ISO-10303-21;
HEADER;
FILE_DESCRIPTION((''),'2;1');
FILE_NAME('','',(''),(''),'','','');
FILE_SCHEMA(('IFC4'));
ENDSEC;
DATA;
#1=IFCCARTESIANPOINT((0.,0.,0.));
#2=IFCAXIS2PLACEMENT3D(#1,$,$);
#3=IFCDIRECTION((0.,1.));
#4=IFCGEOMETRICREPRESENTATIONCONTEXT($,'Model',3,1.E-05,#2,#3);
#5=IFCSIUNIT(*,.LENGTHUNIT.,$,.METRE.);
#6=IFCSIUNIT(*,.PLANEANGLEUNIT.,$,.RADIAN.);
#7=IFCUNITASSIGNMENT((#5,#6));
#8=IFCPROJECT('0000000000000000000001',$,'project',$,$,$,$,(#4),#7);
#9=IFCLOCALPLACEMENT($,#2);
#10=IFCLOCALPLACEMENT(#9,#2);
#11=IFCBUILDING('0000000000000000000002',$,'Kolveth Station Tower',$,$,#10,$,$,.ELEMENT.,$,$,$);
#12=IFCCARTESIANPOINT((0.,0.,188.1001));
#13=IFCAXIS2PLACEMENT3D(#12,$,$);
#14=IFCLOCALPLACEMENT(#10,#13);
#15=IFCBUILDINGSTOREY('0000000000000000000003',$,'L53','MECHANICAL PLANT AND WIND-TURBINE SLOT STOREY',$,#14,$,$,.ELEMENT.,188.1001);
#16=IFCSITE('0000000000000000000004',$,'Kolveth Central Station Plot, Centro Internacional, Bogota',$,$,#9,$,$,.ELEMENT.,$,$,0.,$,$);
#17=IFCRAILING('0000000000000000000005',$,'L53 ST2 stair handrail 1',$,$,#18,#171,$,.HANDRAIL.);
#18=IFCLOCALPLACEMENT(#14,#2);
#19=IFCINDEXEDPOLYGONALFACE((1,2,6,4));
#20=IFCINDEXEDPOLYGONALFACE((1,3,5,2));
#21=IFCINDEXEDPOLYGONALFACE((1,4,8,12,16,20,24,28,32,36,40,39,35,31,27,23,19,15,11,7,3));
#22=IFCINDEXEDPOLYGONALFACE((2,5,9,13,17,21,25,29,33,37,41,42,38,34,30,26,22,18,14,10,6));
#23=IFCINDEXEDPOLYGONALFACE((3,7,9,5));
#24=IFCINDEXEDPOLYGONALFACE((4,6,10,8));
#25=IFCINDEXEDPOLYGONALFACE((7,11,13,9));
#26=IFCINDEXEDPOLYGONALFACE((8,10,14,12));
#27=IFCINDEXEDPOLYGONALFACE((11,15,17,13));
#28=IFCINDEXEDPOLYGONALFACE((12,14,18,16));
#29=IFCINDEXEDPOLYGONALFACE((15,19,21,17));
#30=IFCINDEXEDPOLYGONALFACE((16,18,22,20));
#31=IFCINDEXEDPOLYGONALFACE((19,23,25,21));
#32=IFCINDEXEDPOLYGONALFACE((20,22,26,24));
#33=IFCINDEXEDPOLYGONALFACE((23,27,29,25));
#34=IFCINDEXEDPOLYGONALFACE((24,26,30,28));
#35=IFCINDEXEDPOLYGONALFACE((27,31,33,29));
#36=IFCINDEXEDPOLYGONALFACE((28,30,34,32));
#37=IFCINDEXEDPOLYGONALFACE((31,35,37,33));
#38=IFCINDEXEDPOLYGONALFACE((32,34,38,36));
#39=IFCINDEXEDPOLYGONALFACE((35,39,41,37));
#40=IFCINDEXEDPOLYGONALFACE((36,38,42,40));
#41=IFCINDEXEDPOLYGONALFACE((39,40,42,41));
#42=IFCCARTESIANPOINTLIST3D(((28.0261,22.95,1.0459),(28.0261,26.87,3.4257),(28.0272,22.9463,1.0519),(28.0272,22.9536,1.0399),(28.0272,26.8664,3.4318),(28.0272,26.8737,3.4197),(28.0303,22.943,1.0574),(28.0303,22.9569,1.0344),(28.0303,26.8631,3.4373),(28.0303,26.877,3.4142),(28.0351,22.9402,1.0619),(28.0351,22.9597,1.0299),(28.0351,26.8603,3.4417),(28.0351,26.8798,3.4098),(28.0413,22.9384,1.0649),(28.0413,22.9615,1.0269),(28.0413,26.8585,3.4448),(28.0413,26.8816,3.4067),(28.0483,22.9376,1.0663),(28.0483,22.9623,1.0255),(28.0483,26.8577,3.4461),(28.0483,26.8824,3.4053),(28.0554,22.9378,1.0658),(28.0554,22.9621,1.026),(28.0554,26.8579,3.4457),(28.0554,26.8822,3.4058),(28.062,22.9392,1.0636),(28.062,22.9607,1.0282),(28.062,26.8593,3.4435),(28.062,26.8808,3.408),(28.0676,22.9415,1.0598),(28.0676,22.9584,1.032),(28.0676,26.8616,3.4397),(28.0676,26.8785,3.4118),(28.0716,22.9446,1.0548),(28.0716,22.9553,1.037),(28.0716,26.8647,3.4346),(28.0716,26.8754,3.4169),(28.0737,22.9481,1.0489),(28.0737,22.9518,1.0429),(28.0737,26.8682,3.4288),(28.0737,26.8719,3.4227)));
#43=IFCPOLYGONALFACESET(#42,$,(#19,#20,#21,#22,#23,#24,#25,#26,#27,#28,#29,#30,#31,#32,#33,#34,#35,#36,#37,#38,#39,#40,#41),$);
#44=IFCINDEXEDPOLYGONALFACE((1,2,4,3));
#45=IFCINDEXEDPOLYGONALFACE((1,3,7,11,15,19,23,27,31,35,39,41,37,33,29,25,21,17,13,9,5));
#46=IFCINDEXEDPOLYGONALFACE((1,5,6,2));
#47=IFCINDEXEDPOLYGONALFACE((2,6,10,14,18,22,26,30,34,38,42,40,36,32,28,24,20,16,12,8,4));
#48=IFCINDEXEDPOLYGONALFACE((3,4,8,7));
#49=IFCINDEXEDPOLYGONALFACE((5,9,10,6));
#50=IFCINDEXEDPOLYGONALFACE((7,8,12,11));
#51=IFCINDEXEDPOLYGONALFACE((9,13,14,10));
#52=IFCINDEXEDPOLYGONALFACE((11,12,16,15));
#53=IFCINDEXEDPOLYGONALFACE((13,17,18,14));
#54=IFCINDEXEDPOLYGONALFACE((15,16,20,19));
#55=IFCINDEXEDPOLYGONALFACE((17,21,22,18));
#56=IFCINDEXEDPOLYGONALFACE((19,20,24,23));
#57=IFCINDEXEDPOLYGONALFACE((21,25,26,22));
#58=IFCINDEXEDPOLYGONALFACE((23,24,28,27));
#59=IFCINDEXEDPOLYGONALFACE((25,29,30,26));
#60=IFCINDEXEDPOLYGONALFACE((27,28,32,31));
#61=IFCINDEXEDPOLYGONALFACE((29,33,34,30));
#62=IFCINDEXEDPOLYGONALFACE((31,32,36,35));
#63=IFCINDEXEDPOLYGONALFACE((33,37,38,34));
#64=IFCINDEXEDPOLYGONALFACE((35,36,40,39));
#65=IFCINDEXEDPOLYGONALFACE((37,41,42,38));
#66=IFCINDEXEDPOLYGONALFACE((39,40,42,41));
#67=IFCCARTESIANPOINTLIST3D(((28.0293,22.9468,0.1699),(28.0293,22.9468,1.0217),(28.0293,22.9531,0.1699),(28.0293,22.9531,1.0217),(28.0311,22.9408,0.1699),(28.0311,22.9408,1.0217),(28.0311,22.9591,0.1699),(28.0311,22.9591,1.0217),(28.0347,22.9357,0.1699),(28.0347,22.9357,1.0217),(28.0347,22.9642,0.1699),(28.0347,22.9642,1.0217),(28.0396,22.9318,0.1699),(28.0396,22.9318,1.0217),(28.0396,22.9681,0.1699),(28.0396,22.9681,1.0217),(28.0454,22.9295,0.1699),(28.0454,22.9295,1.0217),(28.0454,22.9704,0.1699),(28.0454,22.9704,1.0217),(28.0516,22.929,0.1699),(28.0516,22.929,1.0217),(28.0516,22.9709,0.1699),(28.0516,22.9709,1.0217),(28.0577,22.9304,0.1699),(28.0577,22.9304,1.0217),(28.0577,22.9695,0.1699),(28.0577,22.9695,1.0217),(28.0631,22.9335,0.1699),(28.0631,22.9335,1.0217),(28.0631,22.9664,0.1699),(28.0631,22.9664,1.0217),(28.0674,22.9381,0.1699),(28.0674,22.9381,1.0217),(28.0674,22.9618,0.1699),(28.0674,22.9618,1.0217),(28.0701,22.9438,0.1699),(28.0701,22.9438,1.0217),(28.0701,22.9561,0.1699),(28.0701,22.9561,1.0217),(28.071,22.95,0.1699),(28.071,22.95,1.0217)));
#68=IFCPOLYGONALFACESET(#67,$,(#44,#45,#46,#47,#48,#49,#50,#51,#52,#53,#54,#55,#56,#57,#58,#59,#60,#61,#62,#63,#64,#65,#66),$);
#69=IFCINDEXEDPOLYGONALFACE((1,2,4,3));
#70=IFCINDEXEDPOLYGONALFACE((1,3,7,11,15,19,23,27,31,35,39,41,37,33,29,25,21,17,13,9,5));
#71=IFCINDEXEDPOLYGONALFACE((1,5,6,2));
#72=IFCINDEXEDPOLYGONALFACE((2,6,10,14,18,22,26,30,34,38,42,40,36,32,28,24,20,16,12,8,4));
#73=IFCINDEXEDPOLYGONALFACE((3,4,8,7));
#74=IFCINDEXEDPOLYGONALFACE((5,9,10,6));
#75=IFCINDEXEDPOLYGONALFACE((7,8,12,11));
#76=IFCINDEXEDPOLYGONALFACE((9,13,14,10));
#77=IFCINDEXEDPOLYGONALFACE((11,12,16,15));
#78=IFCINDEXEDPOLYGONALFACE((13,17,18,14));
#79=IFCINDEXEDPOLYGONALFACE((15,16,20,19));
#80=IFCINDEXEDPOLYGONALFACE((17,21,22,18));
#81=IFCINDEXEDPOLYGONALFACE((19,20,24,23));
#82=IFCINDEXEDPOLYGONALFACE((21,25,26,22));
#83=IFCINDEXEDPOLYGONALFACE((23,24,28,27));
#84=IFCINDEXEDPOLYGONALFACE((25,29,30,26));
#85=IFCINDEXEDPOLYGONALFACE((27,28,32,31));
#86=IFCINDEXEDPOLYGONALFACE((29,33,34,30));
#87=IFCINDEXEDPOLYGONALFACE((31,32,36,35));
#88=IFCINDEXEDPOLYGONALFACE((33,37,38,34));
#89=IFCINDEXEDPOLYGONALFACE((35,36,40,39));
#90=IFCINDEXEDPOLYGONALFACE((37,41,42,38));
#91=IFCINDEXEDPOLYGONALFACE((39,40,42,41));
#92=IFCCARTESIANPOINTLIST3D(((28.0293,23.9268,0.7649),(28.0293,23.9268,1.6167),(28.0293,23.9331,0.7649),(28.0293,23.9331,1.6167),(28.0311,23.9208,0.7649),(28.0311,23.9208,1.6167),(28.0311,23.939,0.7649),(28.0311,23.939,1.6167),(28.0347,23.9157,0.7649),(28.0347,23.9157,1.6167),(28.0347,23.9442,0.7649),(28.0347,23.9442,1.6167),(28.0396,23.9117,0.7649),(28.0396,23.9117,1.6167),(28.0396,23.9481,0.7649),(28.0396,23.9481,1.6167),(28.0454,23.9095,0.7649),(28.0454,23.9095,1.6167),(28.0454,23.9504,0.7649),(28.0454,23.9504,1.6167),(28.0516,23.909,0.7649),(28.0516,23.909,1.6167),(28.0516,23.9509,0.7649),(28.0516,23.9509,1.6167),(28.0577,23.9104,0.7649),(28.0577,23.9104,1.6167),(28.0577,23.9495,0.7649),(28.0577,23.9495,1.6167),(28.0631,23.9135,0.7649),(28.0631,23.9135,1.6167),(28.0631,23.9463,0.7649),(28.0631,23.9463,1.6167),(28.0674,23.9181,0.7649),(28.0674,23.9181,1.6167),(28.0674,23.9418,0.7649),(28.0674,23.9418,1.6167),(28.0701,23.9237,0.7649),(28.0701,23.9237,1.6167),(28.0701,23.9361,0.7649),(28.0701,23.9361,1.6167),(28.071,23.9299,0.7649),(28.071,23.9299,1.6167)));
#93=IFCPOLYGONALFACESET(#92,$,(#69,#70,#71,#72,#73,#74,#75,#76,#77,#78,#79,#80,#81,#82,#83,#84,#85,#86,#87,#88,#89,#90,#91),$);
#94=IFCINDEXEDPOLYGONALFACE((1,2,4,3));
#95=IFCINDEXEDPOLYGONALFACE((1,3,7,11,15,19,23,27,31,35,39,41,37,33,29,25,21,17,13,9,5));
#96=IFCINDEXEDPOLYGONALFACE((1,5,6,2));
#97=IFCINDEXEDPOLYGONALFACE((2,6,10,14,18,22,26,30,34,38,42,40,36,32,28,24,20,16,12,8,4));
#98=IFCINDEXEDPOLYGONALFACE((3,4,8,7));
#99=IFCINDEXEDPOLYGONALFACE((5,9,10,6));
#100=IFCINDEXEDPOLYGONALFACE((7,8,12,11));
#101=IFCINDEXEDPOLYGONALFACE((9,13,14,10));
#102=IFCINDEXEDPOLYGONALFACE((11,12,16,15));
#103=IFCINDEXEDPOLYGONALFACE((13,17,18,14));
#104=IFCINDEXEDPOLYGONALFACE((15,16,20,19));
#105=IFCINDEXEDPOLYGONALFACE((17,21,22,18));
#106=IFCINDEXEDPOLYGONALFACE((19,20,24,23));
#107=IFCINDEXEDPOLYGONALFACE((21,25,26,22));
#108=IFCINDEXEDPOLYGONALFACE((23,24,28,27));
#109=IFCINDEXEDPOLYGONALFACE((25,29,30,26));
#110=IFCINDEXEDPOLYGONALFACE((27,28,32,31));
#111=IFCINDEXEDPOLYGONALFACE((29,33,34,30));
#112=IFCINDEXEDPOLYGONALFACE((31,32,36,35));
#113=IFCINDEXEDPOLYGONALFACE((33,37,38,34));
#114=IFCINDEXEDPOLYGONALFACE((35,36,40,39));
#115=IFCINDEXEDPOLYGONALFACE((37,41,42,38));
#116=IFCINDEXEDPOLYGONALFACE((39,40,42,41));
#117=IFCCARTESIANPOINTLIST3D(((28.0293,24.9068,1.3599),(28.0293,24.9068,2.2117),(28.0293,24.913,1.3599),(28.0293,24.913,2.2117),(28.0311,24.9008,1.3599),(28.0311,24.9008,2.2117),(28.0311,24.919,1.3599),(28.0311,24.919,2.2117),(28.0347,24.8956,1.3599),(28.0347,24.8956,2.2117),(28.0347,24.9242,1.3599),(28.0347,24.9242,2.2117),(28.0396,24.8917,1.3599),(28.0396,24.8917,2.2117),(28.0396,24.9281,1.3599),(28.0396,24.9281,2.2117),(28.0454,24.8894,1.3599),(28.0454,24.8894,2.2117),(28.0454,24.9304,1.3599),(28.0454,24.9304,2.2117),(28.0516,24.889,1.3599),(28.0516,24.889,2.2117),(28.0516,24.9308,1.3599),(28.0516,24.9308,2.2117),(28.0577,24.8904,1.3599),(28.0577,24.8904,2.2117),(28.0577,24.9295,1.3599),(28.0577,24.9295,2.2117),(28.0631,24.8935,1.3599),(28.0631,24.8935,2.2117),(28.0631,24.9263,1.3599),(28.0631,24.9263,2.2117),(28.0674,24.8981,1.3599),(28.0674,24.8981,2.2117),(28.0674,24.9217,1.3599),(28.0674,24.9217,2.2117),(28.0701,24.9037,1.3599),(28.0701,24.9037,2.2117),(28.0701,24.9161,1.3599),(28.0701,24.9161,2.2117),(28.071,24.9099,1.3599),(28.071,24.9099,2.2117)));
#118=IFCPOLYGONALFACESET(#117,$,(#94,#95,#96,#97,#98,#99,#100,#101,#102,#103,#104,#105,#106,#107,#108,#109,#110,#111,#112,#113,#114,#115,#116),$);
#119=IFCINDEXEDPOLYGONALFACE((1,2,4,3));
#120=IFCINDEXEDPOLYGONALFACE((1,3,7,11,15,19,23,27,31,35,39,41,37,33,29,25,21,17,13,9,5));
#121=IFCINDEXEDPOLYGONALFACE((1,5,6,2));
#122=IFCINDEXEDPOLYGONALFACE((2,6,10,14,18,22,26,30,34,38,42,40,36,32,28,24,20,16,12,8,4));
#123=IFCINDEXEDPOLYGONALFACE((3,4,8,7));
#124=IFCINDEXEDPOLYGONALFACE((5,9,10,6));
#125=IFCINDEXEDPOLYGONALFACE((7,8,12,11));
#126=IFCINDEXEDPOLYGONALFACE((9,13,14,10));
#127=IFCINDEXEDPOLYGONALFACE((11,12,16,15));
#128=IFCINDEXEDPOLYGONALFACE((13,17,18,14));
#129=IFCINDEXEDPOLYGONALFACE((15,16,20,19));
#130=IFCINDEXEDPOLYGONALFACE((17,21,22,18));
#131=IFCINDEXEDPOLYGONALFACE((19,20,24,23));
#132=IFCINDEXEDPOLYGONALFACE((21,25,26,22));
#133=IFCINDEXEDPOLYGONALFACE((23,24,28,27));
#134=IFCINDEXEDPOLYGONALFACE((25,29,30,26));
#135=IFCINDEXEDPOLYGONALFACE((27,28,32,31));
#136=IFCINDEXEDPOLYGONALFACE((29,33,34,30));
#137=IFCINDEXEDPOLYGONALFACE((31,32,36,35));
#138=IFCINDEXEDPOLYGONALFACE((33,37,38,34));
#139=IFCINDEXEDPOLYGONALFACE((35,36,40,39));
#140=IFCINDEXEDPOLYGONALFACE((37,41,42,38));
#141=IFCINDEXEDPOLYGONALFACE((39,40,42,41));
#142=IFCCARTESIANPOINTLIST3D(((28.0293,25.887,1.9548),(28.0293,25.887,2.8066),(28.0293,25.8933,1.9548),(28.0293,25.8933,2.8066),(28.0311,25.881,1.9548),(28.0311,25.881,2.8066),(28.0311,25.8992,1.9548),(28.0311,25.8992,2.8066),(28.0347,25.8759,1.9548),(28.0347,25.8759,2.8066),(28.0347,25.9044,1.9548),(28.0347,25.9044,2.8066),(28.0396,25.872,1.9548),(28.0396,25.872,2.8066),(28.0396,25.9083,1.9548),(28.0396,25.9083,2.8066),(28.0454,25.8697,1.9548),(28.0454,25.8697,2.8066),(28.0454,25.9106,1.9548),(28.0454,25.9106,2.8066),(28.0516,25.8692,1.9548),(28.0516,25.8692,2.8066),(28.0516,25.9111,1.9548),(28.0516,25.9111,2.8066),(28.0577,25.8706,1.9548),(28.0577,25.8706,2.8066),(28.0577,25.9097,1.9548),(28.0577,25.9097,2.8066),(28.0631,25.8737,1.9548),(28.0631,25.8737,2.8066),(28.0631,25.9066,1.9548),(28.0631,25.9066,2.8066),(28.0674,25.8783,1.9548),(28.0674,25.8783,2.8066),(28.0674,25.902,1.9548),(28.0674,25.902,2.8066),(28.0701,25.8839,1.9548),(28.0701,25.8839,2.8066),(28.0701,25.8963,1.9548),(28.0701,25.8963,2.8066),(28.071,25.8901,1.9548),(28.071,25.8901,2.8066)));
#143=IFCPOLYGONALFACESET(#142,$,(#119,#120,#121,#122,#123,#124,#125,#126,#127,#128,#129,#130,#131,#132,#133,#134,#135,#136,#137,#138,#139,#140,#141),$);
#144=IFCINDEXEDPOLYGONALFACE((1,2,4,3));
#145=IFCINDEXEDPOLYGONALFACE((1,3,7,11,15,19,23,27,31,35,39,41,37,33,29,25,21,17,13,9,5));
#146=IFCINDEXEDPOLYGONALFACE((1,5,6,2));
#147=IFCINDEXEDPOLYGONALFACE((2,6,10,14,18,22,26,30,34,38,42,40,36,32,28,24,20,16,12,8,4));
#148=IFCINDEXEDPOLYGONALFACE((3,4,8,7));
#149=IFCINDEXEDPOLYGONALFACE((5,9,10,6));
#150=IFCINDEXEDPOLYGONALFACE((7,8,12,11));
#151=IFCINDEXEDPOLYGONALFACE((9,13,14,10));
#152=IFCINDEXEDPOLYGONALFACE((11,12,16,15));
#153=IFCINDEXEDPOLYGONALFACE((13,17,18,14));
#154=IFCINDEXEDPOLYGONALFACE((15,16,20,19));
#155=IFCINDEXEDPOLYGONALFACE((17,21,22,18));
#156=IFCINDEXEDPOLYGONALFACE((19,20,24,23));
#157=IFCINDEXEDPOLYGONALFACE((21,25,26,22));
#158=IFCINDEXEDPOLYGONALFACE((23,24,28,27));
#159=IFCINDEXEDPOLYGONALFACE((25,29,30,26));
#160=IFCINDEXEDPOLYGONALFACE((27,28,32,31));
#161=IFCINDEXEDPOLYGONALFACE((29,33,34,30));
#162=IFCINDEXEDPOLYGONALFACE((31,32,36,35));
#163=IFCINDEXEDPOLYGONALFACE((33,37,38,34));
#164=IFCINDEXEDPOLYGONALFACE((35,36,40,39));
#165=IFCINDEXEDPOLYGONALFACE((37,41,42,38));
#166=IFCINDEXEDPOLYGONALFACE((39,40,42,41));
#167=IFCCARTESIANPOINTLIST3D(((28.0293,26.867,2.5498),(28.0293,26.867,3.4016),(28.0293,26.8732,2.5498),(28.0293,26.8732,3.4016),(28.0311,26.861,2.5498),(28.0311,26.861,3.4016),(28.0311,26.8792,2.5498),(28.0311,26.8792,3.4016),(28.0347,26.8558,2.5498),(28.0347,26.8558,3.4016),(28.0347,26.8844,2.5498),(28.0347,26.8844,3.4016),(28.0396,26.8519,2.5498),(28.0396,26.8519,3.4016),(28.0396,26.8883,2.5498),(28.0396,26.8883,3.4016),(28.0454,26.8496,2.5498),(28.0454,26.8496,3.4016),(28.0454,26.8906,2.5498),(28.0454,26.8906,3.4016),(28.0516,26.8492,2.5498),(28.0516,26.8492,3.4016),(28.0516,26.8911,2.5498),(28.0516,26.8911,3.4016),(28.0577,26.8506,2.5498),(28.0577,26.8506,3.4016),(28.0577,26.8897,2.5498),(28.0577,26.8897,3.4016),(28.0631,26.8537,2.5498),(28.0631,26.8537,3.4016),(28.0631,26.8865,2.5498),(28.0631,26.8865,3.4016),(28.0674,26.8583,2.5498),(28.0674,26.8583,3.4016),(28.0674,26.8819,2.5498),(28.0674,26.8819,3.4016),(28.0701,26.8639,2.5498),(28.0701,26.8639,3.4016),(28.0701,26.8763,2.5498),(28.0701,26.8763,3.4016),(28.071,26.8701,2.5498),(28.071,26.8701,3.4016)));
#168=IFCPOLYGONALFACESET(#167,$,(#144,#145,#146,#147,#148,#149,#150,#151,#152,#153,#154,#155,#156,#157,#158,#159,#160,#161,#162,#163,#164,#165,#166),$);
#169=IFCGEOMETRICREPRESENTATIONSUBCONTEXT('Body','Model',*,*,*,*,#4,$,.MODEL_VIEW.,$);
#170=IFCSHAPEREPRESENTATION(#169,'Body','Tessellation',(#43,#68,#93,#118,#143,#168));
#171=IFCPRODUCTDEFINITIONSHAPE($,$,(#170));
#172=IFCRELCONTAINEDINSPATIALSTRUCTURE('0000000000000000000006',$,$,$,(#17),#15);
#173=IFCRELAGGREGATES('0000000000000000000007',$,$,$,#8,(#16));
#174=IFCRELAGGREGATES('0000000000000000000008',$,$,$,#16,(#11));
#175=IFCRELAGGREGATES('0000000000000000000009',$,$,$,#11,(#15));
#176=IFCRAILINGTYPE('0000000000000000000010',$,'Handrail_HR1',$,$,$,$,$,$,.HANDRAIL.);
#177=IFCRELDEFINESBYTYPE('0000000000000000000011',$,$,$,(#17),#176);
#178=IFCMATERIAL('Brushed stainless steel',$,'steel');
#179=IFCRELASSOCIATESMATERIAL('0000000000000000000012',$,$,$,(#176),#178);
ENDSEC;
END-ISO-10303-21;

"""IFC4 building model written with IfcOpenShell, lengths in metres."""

from ifc_helpers import new_model, si_unit, direction, frame, origin, origin_2d, place, context, subcontext, project, spatial, circle, extrude, material, type_object, element, save


model = new_model("IFC4")

# Units and contexts
model_context = context("Model", 3, precision=1e-05, world=origin(), true_north=direction((0.0, 1.0)))
body_context = subcontext(model_context, "Body", "Model", "MODEL_VIEW")
ifc_project = project(units=[si_unit("LENGTHUNIT", "METRE"), si_unit("PLANEANGLEUNIT", "RADIAN")], contexts=[model_context])

# Site, building, storey
site_placement = place(None, origin())
site = spatial("IfcSite", under=ifc_project, at=site_placement, Name="Kolveth Central Station Plot, Centro Internacional, Bogota", CompositionType="ELEMENT", RefElevation=0.0)
building_placement = place(site_placement, origin())
building = spatial("IfcBuilding", under=site, at=building_placement, Name="Kolveth Station Tower", CompositionType="ELEMENT")
storey_placement = place(building_placement, frame((0.0, 0.0, 188.1001)))
storey = spatial("IfcBuildingStorey", under=building, at=storey_placement, Name="L53", Description="MECHANICAL PLANT AND WIND-TURBINE SLOT STOREY", CompositionType="ELEMENT", Elevation=188.1001)

# Railing
ifc_material_1 = material(Name="Brushed stainless steel", Category="steel")
railing_type_1 = type_object("IfcRailingType", Name="Handrail_HR1", PredefinedType="HANDRAIL", material=ifc_material_1)
railing_1_placement = place(storey_placement, frame((28.05, 22.95, 0.1699)))
element("IfcRailing", 1, at=railing_1_placement, inside=storey, type_object=railing_type_1, Name="L53 ST2 stair handrail 1", PredefinedType="HANDRAIL", context=body_context, shape_type="SweptSolid", body=[
    extrude(circle(Radius=0.0239, at=origin_2d()), frame((0.0, 0.0, 0.876), z_axis=(0.0, 0.854809, 0.518943), x_axis=(-1.0, 0.0, 0.0)), (0.0, 0.0, 1.0), 4.5859),
    extrude(circle(Radius=0.021, at=origin_2d()), origin(), (0.0, 0.0, 1.0), 0.8518),
    extrude(circle(Radius=0.021, at=origin_2d()), frame((0.0, 0.98, 0.595)), (0.0, 0.0, 1.0), 0.8518),
    extrude(circle(Radius=0.021, at=origin_2d()), frame((0.0, 1.96, 1.1899)), (0.0, 0.0, 1.0), 0.8518),
    extrude(circle(Radius=0.021, at=origin_2d()), frame((0.0, 2.9402, 1.7849)), (0.0, 0.0, 1.0), 0.8518),
    extrude(circle(Radius=0.021, at=origin_2d()), frame((0.0, 3.9202, 2.3799)), (0.0, 0.0, 1.0), 0.8518),
])

save(model, "model.ifc")
